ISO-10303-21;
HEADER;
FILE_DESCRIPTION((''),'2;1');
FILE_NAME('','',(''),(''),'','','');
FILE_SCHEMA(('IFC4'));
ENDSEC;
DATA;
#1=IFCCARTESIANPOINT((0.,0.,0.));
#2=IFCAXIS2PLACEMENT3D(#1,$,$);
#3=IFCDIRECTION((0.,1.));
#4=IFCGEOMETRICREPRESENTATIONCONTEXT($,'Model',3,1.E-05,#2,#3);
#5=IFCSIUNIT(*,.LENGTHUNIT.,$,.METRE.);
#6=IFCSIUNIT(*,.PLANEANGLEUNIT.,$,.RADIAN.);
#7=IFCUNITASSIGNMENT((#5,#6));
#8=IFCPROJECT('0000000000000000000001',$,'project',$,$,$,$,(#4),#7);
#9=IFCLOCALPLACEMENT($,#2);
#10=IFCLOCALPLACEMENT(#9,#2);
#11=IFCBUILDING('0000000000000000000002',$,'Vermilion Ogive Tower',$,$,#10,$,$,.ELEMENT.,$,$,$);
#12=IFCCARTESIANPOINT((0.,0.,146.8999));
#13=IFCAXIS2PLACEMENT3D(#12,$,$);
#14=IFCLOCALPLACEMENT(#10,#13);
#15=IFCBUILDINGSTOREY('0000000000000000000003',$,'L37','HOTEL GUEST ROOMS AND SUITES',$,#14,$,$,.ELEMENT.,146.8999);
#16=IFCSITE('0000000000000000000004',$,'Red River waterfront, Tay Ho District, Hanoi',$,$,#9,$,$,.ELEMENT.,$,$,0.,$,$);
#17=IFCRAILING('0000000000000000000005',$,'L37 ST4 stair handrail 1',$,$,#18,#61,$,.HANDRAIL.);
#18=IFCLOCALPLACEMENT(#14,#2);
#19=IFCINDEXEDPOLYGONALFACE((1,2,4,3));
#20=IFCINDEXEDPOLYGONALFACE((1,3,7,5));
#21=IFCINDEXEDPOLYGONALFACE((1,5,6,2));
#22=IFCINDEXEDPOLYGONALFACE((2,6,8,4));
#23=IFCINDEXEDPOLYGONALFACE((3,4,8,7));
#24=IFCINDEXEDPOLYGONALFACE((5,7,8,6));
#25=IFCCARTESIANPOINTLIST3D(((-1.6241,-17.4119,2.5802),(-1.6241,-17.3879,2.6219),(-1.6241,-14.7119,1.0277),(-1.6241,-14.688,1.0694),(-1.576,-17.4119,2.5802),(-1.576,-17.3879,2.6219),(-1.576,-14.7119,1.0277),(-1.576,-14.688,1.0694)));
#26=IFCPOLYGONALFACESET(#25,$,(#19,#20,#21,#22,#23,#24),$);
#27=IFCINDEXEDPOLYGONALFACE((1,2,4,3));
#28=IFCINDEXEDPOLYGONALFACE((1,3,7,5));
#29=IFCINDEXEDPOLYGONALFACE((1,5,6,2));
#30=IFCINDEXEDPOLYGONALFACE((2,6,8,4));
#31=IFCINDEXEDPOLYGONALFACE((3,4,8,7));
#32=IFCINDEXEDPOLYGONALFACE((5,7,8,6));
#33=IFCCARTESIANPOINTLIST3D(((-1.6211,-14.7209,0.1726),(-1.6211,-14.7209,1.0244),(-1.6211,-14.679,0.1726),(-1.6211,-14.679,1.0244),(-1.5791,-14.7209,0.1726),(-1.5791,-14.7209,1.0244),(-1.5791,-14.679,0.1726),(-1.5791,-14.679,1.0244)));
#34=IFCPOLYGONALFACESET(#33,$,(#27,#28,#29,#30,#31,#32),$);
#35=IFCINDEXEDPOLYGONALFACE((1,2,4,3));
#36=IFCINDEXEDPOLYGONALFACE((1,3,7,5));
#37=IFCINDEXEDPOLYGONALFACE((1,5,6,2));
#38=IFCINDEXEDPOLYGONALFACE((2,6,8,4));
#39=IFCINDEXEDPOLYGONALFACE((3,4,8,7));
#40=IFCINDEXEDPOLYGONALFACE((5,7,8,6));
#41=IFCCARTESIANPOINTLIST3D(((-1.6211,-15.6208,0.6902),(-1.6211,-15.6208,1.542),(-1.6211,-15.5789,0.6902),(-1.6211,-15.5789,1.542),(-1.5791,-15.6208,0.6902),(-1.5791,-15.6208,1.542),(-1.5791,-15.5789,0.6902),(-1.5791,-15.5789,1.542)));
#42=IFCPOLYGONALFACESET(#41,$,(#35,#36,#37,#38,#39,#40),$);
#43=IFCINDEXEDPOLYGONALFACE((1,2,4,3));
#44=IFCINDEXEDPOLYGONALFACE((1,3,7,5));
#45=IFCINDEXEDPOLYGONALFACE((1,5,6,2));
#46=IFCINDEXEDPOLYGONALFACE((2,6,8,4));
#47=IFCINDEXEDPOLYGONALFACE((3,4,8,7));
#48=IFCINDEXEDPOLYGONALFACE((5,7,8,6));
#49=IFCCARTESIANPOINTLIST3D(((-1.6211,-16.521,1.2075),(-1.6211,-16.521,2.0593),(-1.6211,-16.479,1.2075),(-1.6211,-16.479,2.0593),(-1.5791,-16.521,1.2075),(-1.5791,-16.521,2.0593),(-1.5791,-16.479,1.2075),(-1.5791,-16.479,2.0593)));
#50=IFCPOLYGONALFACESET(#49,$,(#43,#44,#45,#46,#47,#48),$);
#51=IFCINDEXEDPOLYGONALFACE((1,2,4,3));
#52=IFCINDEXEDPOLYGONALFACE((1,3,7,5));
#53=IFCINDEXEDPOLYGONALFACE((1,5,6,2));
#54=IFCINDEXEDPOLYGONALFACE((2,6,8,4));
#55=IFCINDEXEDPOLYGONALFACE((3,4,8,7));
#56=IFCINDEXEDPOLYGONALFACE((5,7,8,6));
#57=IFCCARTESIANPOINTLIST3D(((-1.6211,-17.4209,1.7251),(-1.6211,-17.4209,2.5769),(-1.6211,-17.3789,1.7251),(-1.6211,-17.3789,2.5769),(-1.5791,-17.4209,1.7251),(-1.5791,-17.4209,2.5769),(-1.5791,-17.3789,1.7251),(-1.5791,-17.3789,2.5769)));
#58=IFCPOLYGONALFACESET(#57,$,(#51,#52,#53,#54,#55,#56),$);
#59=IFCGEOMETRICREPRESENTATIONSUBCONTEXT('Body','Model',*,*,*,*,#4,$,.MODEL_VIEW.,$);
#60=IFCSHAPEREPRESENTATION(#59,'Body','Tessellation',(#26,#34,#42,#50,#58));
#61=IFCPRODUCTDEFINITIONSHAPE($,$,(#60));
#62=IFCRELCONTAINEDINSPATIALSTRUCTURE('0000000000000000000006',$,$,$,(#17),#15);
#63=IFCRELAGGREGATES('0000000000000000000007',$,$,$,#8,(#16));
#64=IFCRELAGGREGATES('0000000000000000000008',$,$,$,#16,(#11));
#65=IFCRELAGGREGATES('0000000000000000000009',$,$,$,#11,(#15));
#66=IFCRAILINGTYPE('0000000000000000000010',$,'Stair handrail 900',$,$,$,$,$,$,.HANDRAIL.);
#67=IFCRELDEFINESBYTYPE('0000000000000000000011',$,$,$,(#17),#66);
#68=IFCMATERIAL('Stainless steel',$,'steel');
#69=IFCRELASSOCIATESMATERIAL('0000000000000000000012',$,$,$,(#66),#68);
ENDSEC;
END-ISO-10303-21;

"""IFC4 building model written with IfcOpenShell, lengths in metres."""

from ifc_helpers import new_model, si_unit, direction, frame, origin, origin_2d, place, context, subcontext, project, spatial, rectangle, extrude, material, type_object, element, save


model = new_model("IFC4")

# Units and contexts
model_context = context("Model", 3, precision=1e-05, world=origin(), true_north=direction((0.0, 1.0)))
body_context = subcontext(model_context, "Body", "Model", "MODEL_VIEW")
ifc_project = project(units=[si_unit("LENGTHUNIT", "METRE"), si_unit("PLANEANGLEUNIT", "RADIAN")], contexts=[model_context])

# Site, building, storey
site_placement = place(None, origin())
site = spatial("IfcSite", under=ifc_project, at=site_placement, Name="Red River waterfront, Tay Ho District, Hanoi", CompositionType="ELEMENT", RefElevation=0.0)
building_placement = place(site_placement, origin())
building = spatial("IfcBuilding", under=site, at=building_placement, Name="Vermilion Ogive Tower", CompositionType="ELEMENT")
storey_placement = place(building_placement, frame((0.0, 0.0, 146.8999)))
storey = spatial("IfcBuildingStorey", under=building, at=storey_placement, Name="L37", Description="HOTEL GUEST ROOMS AND SUITES", CompositionType="ELEMENT", Elevation=146.8999)

# Railing
ifc_material_1 = material(Name="Stainless steel", Category="steel")
railing_type_1 = type_object("IfcRailingType", Name="Stair handrail 900", PredefinedType="HANDRAIL", material=ifc_material_1)
railing_1_placement = place(storey_placement, frame((-1.6001, -14.7, 0.1726)))
element("IfcRailing", 1, at=railing_1_placement, inside=storey, type_object=railing_type_1, Name="L37 ST4 stair handrail 1", PredefinedType="HANDRAIL", context=body_context, shape_type="SweptSolid", body=[
    extrude(rectangle(XDim=0.0481, YDim=0.0481, at=origin_2d()), frame((0.0, 0.0, 0.876), z_axis=(0.0, -0.866904, 0.498476), x_axis=(1.0, 0.0, 0.0)), (0.0, 0.0, 1.0), 3.1145),
    extrude(rectangle(XDim=0.042, YDim=0.042, at=origin_2d()), origin(), (0.0, 0.0, 1.0), 0.8518),
    extrude(rectangle(XDim=0.042, YDim=0.042, at=origin_2d()), frame((0.0, -0.8999, 0.5176)), (0.0, 0.0, 1.0), 0.8518),
    extrude(rectangle(XDim=0.042, YDim=0.042, at=origin_2d()), frame((0.0, -1.8, 1.0349)), (0.0, 0.0, 1.0), 0.8518),
    extrude(rectangle(XDim=0.042, YDim=0.042, at=origin_2d()), frame((0.0, -2.7, 1.5525)), (0.0, 0.0, 1.0), 0.8518),
])

save(model, "model.ifc")
